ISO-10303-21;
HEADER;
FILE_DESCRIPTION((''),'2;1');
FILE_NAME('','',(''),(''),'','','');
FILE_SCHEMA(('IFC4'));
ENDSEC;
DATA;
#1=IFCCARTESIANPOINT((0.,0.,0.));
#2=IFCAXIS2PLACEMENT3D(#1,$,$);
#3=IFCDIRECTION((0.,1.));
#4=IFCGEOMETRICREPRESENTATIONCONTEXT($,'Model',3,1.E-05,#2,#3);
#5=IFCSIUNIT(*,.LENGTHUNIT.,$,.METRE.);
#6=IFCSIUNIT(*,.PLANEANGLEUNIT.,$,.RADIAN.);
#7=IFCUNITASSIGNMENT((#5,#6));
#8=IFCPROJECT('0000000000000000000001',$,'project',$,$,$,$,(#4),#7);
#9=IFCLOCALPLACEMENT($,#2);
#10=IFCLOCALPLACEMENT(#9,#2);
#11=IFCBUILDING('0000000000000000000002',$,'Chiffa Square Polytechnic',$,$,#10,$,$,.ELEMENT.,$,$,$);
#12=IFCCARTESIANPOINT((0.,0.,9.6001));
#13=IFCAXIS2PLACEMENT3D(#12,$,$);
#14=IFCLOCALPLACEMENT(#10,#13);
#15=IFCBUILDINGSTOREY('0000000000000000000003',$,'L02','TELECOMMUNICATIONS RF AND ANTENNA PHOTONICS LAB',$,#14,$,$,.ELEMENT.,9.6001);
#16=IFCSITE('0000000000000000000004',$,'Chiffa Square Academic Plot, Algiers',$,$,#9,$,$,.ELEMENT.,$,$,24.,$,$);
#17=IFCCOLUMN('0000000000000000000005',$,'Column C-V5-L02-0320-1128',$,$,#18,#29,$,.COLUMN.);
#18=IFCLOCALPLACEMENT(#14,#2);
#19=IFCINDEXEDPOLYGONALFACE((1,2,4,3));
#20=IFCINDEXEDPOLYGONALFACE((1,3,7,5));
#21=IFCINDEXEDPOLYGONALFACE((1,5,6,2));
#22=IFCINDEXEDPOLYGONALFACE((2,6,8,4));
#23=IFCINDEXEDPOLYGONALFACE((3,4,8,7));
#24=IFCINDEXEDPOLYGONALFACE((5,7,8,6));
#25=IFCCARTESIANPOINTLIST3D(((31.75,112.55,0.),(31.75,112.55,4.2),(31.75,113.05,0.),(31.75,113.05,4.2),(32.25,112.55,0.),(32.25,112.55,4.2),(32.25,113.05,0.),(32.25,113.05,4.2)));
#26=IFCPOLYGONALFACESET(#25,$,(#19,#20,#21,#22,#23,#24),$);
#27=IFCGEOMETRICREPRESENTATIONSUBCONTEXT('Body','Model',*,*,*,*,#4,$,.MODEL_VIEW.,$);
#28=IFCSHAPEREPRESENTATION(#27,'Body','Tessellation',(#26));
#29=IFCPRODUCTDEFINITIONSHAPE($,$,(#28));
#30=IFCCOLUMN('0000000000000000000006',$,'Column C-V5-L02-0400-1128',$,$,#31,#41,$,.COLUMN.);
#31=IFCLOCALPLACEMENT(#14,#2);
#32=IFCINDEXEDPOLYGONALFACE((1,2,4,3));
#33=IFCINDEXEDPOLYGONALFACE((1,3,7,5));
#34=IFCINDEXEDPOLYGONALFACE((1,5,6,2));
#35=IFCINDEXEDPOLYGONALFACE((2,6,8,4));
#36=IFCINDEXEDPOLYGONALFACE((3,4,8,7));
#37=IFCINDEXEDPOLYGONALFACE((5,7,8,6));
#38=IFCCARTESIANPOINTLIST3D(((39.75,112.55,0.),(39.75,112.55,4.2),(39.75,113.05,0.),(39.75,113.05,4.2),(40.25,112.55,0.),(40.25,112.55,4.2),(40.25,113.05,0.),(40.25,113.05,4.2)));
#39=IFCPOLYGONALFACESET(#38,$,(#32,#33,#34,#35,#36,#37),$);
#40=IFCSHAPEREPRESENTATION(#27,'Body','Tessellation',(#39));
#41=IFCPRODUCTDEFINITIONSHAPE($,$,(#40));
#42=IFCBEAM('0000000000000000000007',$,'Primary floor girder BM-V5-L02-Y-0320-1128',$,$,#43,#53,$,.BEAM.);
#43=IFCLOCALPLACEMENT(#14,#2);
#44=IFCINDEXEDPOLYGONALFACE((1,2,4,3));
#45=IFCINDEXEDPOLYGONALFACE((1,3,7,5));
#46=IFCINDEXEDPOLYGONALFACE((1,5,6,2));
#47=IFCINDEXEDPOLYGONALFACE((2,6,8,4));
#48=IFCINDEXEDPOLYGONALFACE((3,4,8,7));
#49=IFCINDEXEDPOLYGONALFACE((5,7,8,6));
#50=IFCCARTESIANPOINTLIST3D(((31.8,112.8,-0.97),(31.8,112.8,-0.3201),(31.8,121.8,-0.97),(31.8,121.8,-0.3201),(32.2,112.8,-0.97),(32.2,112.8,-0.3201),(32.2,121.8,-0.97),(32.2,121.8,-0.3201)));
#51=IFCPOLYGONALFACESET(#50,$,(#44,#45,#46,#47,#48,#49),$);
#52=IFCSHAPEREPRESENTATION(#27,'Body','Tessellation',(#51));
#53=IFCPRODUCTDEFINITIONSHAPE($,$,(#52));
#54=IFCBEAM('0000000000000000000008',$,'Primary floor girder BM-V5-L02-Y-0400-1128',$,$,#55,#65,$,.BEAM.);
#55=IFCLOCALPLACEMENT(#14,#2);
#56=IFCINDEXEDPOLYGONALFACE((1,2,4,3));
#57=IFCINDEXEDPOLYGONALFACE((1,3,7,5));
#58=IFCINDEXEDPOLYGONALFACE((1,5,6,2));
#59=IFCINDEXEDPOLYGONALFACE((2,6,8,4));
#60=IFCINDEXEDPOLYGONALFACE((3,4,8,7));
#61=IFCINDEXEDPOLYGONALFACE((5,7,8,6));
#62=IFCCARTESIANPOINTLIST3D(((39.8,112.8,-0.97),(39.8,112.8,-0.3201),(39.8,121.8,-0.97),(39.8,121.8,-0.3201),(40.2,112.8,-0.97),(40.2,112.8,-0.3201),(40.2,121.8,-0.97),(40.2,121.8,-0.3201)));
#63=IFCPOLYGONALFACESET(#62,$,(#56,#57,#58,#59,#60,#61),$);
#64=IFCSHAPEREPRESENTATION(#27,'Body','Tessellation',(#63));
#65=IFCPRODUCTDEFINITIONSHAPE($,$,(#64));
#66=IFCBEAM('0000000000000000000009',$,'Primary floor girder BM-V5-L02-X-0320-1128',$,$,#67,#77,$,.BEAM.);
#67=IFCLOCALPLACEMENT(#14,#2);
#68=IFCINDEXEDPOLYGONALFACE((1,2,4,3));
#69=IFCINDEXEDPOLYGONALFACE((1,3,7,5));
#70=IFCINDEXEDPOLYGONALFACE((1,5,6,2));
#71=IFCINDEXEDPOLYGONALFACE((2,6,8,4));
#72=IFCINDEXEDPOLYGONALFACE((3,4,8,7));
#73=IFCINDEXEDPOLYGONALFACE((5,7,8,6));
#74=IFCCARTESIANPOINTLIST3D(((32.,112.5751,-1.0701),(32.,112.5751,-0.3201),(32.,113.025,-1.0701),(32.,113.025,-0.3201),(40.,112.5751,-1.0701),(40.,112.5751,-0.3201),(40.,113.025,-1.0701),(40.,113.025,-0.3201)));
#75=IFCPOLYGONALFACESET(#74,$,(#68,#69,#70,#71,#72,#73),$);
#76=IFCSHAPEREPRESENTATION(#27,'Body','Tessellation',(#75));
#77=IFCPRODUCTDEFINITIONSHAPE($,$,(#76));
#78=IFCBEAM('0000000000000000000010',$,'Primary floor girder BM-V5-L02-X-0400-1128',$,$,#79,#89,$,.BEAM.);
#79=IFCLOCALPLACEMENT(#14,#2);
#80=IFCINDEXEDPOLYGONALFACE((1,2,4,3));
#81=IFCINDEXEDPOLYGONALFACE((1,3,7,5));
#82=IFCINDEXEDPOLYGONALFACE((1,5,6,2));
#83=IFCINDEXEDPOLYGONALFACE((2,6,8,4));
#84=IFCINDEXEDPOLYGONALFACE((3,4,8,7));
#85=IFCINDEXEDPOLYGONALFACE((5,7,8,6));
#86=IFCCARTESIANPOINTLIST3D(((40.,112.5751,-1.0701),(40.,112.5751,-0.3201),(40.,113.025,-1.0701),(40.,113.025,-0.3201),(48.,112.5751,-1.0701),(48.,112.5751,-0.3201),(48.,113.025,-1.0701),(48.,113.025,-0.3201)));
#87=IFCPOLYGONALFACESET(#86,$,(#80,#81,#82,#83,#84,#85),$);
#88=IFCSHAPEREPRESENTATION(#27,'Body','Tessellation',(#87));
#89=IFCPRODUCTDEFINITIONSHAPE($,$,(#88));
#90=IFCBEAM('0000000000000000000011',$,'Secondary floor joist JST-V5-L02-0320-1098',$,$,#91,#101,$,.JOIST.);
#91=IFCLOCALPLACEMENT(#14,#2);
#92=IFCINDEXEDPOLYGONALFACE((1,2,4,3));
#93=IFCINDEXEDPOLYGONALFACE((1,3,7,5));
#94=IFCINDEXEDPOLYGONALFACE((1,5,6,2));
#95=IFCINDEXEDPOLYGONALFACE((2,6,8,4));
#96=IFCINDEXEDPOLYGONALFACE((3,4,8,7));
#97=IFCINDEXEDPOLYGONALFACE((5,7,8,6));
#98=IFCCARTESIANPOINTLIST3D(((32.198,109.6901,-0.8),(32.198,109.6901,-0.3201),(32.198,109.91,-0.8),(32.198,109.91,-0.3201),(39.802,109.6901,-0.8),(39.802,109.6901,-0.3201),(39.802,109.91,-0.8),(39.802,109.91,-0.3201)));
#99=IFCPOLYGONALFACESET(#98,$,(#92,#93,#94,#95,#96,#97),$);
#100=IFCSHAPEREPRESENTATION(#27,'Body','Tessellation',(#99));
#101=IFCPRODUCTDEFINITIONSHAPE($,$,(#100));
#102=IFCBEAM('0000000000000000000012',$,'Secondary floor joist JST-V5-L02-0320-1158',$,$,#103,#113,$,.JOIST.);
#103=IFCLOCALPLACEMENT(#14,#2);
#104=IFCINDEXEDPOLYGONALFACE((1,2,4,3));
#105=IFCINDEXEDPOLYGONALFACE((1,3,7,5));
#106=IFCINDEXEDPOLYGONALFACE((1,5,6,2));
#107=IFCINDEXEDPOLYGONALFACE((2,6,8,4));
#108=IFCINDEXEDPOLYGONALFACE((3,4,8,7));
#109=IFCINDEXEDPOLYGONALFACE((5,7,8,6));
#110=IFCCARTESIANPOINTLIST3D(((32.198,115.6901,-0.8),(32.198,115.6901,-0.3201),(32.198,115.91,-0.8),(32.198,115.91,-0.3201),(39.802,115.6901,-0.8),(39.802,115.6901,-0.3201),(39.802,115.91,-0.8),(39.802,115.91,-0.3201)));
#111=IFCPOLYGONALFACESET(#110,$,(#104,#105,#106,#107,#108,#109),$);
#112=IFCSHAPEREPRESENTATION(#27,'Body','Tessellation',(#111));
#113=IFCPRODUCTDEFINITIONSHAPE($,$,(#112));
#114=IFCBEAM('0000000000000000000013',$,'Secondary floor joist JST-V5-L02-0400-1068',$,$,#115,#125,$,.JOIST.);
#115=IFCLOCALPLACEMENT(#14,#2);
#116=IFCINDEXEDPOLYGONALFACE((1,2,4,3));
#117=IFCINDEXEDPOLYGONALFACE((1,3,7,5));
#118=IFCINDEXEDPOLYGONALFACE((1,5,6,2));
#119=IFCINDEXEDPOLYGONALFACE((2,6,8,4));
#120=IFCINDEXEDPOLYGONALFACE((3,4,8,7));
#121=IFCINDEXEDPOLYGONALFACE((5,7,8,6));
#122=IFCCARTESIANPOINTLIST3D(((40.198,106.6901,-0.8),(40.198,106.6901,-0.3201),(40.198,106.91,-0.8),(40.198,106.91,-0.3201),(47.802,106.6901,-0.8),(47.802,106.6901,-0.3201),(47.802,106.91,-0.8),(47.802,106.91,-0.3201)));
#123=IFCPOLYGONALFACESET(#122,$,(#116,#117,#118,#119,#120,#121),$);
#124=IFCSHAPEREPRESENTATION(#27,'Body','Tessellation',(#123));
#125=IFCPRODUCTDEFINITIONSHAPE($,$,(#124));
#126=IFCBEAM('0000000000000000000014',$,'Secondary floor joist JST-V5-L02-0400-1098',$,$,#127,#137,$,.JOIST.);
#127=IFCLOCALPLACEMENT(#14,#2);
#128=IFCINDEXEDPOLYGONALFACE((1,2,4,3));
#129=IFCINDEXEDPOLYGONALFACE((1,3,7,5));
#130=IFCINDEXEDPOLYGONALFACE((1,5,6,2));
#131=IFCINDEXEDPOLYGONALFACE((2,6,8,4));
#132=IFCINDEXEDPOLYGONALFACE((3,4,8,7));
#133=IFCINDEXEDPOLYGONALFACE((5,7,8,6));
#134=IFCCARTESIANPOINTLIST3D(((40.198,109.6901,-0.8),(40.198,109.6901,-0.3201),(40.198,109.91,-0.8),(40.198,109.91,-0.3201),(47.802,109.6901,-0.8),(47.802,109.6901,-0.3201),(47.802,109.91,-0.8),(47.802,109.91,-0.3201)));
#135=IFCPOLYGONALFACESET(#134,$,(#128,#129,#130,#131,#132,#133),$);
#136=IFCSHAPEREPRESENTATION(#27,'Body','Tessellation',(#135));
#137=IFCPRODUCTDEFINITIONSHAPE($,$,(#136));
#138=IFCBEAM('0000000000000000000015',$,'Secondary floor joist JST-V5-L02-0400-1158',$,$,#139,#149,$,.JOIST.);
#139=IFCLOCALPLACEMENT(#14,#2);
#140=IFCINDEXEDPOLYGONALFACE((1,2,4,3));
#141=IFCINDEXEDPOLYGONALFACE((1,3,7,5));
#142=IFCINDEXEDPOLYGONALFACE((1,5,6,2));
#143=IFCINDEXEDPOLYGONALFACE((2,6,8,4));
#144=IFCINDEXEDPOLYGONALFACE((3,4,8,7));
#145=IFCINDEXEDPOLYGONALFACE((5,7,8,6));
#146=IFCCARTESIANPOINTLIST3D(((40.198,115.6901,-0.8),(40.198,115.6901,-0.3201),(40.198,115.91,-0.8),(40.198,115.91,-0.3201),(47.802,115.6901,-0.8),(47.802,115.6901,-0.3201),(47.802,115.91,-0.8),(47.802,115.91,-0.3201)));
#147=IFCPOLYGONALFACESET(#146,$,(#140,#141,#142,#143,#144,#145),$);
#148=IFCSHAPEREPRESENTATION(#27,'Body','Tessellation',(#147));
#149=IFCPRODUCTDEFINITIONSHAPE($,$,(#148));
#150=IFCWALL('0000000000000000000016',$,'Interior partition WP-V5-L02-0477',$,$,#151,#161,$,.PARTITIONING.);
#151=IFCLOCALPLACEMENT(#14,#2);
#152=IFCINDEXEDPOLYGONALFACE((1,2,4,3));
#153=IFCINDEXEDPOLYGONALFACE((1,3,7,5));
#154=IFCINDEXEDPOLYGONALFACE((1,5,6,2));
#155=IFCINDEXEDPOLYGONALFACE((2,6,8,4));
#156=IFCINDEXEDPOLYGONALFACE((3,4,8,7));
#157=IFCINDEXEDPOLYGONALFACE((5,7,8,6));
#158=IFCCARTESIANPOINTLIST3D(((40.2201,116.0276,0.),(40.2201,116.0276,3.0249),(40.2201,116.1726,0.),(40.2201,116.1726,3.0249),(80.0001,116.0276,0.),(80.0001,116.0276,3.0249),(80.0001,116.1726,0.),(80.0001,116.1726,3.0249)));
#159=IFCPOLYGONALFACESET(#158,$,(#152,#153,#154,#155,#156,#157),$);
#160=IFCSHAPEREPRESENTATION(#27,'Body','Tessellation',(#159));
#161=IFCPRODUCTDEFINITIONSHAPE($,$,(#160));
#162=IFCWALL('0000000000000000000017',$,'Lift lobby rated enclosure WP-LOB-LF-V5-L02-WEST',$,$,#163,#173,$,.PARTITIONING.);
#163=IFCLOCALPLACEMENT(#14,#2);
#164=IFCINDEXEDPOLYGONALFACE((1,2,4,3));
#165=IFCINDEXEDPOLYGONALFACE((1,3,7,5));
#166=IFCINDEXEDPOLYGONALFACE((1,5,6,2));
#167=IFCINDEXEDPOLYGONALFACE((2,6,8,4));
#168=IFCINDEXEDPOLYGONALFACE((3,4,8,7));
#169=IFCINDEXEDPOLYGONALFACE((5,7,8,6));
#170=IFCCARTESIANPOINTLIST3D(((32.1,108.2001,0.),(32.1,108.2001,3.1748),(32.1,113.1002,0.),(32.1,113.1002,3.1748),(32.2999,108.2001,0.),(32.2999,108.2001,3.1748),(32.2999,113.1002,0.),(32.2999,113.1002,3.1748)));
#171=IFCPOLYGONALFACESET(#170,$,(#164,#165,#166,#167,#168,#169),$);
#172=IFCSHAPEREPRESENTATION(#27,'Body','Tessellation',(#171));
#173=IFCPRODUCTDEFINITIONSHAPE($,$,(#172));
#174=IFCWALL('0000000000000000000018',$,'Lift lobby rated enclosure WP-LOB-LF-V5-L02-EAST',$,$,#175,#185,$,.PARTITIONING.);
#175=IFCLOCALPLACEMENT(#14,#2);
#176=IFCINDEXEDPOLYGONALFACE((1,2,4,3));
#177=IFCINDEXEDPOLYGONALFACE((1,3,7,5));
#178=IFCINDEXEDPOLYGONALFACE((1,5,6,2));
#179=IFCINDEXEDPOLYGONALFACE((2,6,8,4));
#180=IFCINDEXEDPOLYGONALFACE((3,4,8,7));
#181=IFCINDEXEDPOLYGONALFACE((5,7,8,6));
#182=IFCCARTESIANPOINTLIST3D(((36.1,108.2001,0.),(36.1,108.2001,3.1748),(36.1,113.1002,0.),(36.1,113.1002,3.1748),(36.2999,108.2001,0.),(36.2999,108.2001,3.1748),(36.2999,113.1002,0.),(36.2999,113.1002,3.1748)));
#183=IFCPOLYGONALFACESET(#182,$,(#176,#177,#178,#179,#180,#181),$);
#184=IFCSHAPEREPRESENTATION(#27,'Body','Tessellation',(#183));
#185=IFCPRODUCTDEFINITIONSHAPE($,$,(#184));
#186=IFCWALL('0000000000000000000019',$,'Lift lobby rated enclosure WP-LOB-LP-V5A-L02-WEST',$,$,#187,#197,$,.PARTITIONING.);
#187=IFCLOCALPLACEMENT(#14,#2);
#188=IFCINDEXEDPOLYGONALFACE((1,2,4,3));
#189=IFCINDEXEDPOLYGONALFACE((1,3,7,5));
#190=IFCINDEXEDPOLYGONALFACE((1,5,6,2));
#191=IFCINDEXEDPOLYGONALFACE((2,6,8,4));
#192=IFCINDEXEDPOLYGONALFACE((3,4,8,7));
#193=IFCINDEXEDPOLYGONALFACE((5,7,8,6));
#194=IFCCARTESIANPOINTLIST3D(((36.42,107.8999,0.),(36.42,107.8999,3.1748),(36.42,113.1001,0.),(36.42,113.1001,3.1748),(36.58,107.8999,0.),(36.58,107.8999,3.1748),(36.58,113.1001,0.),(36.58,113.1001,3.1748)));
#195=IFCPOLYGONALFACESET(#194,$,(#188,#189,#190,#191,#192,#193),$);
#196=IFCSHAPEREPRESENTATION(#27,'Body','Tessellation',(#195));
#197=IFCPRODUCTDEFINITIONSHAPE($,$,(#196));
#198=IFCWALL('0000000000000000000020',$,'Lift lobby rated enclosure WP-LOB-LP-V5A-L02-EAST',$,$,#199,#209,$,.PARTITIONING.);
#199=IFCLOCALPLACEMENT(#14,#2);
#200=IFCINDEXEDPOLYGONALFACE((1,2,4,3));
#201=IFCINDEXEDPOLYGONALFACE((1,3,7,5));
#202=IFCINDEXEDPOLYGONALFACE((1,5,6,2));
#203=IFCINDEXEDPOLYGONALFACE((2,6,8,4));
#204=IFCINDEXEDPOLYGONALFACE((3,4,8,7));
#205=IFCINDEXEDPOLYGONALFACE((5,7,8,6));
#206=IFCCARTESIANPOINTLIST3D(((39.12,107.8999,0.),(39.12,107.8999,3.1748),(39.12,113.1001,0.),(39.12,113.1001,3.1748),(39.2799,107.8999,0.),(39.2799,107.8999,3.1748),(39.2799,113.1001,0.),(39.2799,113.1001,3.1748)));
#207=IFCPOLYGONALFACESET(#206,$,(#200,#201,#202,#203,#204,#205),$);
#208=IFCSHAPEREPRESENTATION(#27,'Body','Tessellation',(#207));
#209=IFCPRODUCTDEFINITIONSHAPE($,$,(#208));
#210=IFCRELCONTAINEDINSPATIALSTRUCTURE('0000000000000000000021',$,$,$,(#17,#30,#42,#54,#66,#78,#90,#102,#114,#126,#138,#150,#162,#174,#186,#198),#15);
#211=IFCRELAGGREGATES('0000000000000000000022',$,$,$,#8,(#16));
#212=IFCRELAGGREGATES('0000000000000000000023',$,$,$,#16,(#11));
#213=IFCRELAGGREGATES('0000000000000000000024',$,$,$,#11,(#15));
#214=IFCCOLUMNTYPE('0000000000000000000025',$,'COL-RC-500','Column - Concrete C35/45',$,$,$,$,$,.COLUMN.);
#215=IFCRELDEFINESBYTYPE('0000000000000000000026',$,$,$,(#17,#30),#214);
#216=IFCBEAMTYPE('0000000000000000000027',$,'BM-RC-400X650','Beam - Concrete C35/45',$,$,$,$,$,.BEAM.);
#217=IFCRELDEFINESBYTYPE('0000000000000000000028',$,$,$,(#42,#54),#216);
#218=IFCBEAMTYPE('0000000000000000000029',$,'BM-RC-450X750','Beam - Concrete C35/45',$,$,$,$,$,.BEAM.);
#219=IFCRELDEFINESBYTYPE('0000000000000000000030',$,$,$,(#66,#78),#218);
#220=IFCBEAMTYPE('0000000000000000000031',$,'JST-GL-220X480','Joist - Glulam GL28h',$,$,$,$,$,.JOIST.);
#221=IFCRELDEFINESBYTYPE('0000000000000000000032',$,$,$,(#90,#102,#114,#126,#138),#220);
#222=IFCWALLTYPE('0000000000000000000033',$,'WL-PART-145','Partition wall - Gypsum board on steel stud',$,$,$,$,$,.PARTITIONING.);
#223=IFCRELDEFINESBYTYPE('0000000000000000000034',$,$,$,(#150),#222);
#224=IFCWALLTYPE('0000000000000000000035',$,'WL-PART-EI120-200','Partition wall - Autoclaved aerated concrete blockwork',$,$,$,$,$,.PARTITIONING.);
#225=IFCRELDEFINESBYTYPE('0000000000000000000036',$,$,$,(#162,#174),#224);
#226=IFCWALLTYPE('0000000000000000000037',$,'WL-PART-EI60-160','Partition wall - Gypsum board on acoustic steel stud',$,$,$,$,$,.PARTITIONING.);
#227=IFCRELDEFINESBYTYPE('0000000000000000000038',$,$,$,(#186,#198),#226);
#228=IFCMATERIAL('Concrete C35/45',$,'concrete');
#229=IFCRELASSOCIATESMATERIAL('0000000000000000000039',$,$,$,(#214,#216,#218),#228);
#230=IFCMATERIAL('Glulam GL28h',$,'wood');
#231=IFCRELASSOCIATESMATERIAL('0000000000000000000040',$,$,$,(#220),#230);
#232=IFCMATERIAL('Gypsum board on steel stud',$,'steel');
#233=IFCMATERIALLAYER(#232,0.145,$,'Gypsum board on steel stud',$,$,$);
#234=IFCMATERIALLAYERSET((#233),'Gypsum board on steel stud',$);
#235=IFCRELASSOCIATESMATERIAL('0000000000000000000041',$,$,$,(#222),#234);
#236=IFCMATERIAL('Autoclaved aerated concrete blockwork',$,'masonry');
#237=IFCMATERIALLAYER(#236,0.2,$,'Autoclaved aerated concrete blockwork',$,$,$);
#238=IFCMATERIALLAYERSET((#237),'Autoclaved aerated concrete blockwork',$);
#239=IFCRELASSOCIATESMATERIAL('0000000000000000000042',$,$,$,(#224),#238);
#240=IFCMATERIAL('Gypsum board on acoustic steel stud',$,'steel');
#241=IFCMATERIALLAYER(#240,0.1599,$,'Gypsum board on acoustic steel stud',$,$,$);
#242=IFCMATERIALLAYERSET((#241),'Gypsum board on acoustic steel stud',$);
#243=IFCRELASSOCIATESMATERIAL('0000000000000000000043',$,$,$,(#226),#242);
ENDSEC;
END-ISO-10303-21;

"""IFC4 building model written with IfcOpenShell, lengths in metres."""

from ifc_helpers import new_model, si_unit, direction, frame, frame_2d, origin, origin_2d, place, context, subcontext, project, spatial, rectangle, extrude, material, layer, layer_set, material_profile, profile_set, type_object, element, save


model = new_model("IFC4")

# Units and contexts
model_context = context("Model", 3, precision=1e-05, world=origin(), true_north=direction((0.0, 1.0)))
body_context = subcontext(model_context, "Body", "Model", "MODEL_VIEW")
ifc_project = project(units=[si_unit("LENGTHUNIT", "METRE"), si_unit("PLANEANGLEUNIT", "RADIAN")], contexts=[model_context])

# Site, building, storey
site_placement = place(None, origin())
site = spatial("IfcSite", under=ifc_project, at=site_placement, Name="Chiffa Square Academic Plot, Algiers", CompositionType="ELEMENT", RefElevation=24.0)
building_placement = place(site_placement, origin())
building = spatial("IfcBuilding", under=site, at=building_placement, Name="Chiffa Square Polytechnic", CompositionType="ELEMENT")
storey_placement = place(building_placement, frame((0.0, 0.0, 9.6001)))
storey = spatial("IfcBuildingStorey", under=building, at=storey_placement, Name="L02", Description="TELECOMMUNICATIONS RF AND ANTENNA PHOTONICS LAB", CompositionType="ELEMENT", Elevation=9.6001)

# Columns
ifc_material_1 = material(Name="Concrete C35/45", Category="concrete")
ifc_material_profile_1 = material_profile(ifc_material_1, rectangle(XDim=0.5, YDim=0.5, at=origin_2d()), Name="RC 500x500")
ifc_profile_set_1 = profile_set([ifc_material_profile_1], Name="Concrete C35/45")
column_type = type_object("IfcColumnType", Name="COL-RC-500", Description="Column - Concrete C35/45", PredefinedType="COLUMN", material=ifc_profile_set_1)
for number, where, z_axis, x_axis, name in (
    (1, (32.0, 112.8, 0.0), (0.0, 0.0, 1.0), (1.0, 0.0, 0.0), "Column C-V5-L02-0320-1128"),
    (2, (40.0, 112.8, 0.0), (0.0, 0.0, 1.0), (1.0, 0.0, 0.0), "Column C-V5-L02-0400-1128"),
):
    element("IfcColumn", number, at=place(storey_placement, frame(where, z_axis=z_axis, x_axis=x_axis)), inside=storey, type_object=column_type, Name=name, PredefinedType="COLUMN", context=body_context, shape_type="SweptSolid", body=[
        extrude(rectangle(XDim=0.5, YDim=0.5, at=origin_2d()), origin(), (0.0, 0.0, 1.0), 4.2),
    ])

# Beams
ifc_material_profile_2 = material_profile(ifc_material_1, rectangle(XDim=0.3999, YDim=0.6499, at=origin_2d()), Name="RC 400x650")
ifc_profile_set_2 = profile_set([ifc_material_profile_2], Name="Concrete C35/45")
beam_type_1 = type_object("IfcBeamType", Name="BM-RC-400X650", Description="Beam - Concrete C35/45", PredefinedType="BEAM", material=ifc_profile_set_2)
for number, where, z_axis, x_axis, name in (
    (3, (32.0, 112.8, -0.645), (0.0, 1.0, 0.0), (-1.0, 0.0, 0.0), "Primary floor girder BM-V5-L02-Y-0320-1128"),
    (4, (40.0, 112.8, -0.645), (0.0, 1.0, 0.0), (-1.0, 0.0, 0.0), "Primary floor girder BM-V5-L02-Y-0400-1128"),
):
    element("IfcBeam", number, at=place(storey_placement, frame(where, z_axis=z_axis, x_axis=x_axis)), inside=storey, type_object=beam_type_1, Name=name, PredefinedType="BEAM", context=body_context, shape_type="SweptSolid", body=[
        extrude(rectangle(XDim=0.3999, YDim=0.6499, at=origin_2d()), origin(), (0.0, 0.0, 1.0), 9.0),
    ])
ifc_material_profile_3 = material_profile(ifc_material_1, rectangle(XDim=0.45, YDim=0.75, at=origin_2d()), Name="RC 450x750")
ifc_profile_set_3 = profile_set([ifc_material_profile_3], Name="Concrete C35/45")
beam_type_2 = type_object("IfcBeamType", Name="BM-RC-450X750", Description="Beam - Concrete C35/45", PredefinedType="BEAM", material=ifc_profile_set_3)
for number, where, z_axis, x_axis, name in (
    (5, (32.0, 112.8, -0.6951), (1.0, 0.0, 0.0), (0.0, 1.0, 0.0), "Primary floor girder BM-V5-L02-X-0320-1128"),
    (6, (40.0, 112.8, -0.6951), (1.0, 0.0, 0.0), (0.0, 1.0, 0.0), "Primary floor girder BM-V5-L02-X-0400-1128"),
):
    element("IfcBeam", number, at=place(storey_placement, frame(where, z_axis=z_axis, x_axis=x_axis)), inside=storey, type_object=beam_type_2, Name=name, PredefinedType="BEAM", context=body_context, shape_type="SweptSolid", body=[
        extrude(rectangle(XDim=0.45, YDim=0.75, at=origin_2d()), origin(), (0.0, 0.0, 1.0), 8.0),
    ])
ifc_material_2 = material(Name="Glulam GL28h", Category="wood")
ifc_material_profile_4 = material_profile(ifc_material_2, rectangle(XDim=0.22, YDim=0.48, at=origin_2d()), Name="GL28h 220x480")
ifc_profile_set_4 = profile_set([ifc_material_profile_4], Name="Glulam GL28h")
beam_type_3 = type_object("IfcBeamType", Name="JST-GL-220X480", Description="Joist - Glulam GL28h", PredefinedType="JOIST", material=ifc_profile_set_4)
for number, where, z_axis, x_axis, name in (
    (7, (32.198, 109.8, -0.5601), (1.0, 0.0, 0.0), (0.0, 1.0, 0.0), "Secondary floor joist JST-V5-L02-0320-1098"),
    (8, (32.198, 115.8, -0.5601), (1.0, 0.0, 0.0), (0.0, 1.0, 0.0), "Secondary floor joist JST-V5-L02-0320-1158"),
    (9, (40.198, 106.8, -0.5601), (1.0, 0.0, 0.0), (0.0, 1.0, 0.0), "Secondary floor joist JST-V5-L02-0400-1068"),
    (10, (40.198, 109.8, -0.5601), (1.0, 0.0, 0.0), (0.0, 1.0, 0.0), "Secondary floor joist JST-V5-L02-0400-1098"),
    (11, (40.198, 115.8, -0.5601), (1.0, 0.0, 0.0), (0.0, 1.0, 0.0), "Secondary floor joist JST-V5-L02-0400-1158"),
):
    element("IfcBeam", number, at=place(storey_placement, frame(where, z_axis=z_axis, x_axis=x_axis)), inside=storey, type_object=beam_type_3, Name=name, PredefinedType="JOIST", context=body_context, shape_type="SweptSolid", body=[
        extrude(rectangle(XDim=0.22, YDim=0.48, at=origin_2d()), origin(), (0.0, 0.0, 1.0), 7.604),
    ])

# Wall
ifc_material_3 = material(Name="Gypsum board on steel stud", Category="steel")
ifc_layer_1 = layer(ifc_material_3, 0.145, Name="Gypsum board on steel stud")
ifc_layer_set_1 = layer_set([ifc_layer_1], Name="Gypsum board on steel stud")
wall_type_1 = type_object("IfcWallType", Name="WL-PART-145", Description="Partition wall - Gypsum board on steel stud", PredefinedType="PARTITIONING", material=ifc_layer_set_1)
wall_1_placement = place(storey_placement, frame((40.22, 116.1001, 0.0), z_axis=(0.0, 0.0, 1.0), x_axis=(1.0, 0.0, 0.0)))
element("IfcWall", 12, at=wall_1_placement, inside=storey, type_object=wall_type_1, Name="Interior partition WP-V5-L02-0477", PredefinedType="PARTITIONING", context=body_context, shape_type="SweptSolid", body=[
    extrude(rectangle(XDim=39.78, YDim=0.145, at=frame_2d((19.8901, 0.0))), origin(), (0.0, 0.0, 1.0), 3.0249),
])

# Shared definitions
ifc_material_4 = material(Name="Autoclaved aerated concrete blockwork", Category="masonry")
ifc_layer_2 = layer(ifc_material_4, 0.2, Name="Autoclaved aerated concrete blockwork")
ifc_layer_set_2 = layer_set([ifc_layer_2], Name="Autoclaved aerated concrete blockwork")
wall_type_2 = type_object("IfcWallType", Name="WL-PART-EI120-200", Description="Partition wall - Autoclaved aerated concrete blockwork", PredefinedType="PARTITIONING", material=ifc_layer_set_2)

# Walls
for number, where, z_axis, x_axis, name in (
    (13, (32.2, 108.2, 0.0), (0.0, 0.0, 1.0), (0.0, 1.0, 0.0), "Lift lobby rated enclosure WP-LOB-LF-V5-L02-WEST"),
    (14, (36.2, 108.2, 0.0), (0.0, 0.0, 1.0), (0.0, 1.0, 0.0), "Lift lobby rated enclosure WP-LOB-LF-V5-L02-EAST"),
):
    element("IfcWall", number, at=place(storey_placement, frame(where, z_axis=z_axis, x_axis=x_axis)), inside=storey, type_object=wall_type_2, Name=name, PredefinedType="PARTITIONING", context=body_context, shape_type="SweptSolid", body=[
        extrude(rectangle(XDim=4.9001, YDim=0.2, at=frame_2d((2.4502, 0.0))), origin(), (0.0, 0.0, 1.0), 3.1748),
    ])

# Shared definitions
ifc_material_5 = material(Name="Gypsum board on acoustic steel stud", Category="steel")
ifc_layer_3 = layer(ifc_material_5, 0.1599, Name="Gypsum board on acoustic steel stud")
ifc_layer_set_3 = layer_set([ifc_layer_3], Name="Gypsum board on acoustic steel stud")
wall_type_3 = type_object("IfcWallType", Name="WL-PART-EI60-160", Description="Partition wall - Gypsum board on acoustic steel stud", PredefinedType="PARTITIONING", material=ifc_layer_set_3)

# Walls
for number, where, z_axis, x_axis, name in (
    (15, (36.5, 107.8999, 0.0), (0.0, 0.0, 1.0), (0.0, 1.0, 0.0), "Lift lobby rated enclosure WP-LOB-LP-V5A-L02-WEST"),
    (16, (39.2, 107.8999, 0.0), (0.0, 0.0, 1.0), (0.0, 1.0, 0.0), "Lift lobby rated enclosure WP-LOB-LP-V5A-L02-EAST"),
):
    element("IfcWall", number, at=place(storey_placement, frame(where, z_axis=z_axis, x_axis=x_axis)), inside=storey, type_object=wall_type_3, Name=name, PredefinedType="PARTITIONING", context=body_context, shape_type="SweptSolid", body=[
        extrude(rectangle(XDim=5.2002, YDim=0.1599, at=frame_2d((2.6001, 0.0))), origin(), (0.0, 0.0, 1.0), 3.1748),
    ])

save(model, "model.ifc")
